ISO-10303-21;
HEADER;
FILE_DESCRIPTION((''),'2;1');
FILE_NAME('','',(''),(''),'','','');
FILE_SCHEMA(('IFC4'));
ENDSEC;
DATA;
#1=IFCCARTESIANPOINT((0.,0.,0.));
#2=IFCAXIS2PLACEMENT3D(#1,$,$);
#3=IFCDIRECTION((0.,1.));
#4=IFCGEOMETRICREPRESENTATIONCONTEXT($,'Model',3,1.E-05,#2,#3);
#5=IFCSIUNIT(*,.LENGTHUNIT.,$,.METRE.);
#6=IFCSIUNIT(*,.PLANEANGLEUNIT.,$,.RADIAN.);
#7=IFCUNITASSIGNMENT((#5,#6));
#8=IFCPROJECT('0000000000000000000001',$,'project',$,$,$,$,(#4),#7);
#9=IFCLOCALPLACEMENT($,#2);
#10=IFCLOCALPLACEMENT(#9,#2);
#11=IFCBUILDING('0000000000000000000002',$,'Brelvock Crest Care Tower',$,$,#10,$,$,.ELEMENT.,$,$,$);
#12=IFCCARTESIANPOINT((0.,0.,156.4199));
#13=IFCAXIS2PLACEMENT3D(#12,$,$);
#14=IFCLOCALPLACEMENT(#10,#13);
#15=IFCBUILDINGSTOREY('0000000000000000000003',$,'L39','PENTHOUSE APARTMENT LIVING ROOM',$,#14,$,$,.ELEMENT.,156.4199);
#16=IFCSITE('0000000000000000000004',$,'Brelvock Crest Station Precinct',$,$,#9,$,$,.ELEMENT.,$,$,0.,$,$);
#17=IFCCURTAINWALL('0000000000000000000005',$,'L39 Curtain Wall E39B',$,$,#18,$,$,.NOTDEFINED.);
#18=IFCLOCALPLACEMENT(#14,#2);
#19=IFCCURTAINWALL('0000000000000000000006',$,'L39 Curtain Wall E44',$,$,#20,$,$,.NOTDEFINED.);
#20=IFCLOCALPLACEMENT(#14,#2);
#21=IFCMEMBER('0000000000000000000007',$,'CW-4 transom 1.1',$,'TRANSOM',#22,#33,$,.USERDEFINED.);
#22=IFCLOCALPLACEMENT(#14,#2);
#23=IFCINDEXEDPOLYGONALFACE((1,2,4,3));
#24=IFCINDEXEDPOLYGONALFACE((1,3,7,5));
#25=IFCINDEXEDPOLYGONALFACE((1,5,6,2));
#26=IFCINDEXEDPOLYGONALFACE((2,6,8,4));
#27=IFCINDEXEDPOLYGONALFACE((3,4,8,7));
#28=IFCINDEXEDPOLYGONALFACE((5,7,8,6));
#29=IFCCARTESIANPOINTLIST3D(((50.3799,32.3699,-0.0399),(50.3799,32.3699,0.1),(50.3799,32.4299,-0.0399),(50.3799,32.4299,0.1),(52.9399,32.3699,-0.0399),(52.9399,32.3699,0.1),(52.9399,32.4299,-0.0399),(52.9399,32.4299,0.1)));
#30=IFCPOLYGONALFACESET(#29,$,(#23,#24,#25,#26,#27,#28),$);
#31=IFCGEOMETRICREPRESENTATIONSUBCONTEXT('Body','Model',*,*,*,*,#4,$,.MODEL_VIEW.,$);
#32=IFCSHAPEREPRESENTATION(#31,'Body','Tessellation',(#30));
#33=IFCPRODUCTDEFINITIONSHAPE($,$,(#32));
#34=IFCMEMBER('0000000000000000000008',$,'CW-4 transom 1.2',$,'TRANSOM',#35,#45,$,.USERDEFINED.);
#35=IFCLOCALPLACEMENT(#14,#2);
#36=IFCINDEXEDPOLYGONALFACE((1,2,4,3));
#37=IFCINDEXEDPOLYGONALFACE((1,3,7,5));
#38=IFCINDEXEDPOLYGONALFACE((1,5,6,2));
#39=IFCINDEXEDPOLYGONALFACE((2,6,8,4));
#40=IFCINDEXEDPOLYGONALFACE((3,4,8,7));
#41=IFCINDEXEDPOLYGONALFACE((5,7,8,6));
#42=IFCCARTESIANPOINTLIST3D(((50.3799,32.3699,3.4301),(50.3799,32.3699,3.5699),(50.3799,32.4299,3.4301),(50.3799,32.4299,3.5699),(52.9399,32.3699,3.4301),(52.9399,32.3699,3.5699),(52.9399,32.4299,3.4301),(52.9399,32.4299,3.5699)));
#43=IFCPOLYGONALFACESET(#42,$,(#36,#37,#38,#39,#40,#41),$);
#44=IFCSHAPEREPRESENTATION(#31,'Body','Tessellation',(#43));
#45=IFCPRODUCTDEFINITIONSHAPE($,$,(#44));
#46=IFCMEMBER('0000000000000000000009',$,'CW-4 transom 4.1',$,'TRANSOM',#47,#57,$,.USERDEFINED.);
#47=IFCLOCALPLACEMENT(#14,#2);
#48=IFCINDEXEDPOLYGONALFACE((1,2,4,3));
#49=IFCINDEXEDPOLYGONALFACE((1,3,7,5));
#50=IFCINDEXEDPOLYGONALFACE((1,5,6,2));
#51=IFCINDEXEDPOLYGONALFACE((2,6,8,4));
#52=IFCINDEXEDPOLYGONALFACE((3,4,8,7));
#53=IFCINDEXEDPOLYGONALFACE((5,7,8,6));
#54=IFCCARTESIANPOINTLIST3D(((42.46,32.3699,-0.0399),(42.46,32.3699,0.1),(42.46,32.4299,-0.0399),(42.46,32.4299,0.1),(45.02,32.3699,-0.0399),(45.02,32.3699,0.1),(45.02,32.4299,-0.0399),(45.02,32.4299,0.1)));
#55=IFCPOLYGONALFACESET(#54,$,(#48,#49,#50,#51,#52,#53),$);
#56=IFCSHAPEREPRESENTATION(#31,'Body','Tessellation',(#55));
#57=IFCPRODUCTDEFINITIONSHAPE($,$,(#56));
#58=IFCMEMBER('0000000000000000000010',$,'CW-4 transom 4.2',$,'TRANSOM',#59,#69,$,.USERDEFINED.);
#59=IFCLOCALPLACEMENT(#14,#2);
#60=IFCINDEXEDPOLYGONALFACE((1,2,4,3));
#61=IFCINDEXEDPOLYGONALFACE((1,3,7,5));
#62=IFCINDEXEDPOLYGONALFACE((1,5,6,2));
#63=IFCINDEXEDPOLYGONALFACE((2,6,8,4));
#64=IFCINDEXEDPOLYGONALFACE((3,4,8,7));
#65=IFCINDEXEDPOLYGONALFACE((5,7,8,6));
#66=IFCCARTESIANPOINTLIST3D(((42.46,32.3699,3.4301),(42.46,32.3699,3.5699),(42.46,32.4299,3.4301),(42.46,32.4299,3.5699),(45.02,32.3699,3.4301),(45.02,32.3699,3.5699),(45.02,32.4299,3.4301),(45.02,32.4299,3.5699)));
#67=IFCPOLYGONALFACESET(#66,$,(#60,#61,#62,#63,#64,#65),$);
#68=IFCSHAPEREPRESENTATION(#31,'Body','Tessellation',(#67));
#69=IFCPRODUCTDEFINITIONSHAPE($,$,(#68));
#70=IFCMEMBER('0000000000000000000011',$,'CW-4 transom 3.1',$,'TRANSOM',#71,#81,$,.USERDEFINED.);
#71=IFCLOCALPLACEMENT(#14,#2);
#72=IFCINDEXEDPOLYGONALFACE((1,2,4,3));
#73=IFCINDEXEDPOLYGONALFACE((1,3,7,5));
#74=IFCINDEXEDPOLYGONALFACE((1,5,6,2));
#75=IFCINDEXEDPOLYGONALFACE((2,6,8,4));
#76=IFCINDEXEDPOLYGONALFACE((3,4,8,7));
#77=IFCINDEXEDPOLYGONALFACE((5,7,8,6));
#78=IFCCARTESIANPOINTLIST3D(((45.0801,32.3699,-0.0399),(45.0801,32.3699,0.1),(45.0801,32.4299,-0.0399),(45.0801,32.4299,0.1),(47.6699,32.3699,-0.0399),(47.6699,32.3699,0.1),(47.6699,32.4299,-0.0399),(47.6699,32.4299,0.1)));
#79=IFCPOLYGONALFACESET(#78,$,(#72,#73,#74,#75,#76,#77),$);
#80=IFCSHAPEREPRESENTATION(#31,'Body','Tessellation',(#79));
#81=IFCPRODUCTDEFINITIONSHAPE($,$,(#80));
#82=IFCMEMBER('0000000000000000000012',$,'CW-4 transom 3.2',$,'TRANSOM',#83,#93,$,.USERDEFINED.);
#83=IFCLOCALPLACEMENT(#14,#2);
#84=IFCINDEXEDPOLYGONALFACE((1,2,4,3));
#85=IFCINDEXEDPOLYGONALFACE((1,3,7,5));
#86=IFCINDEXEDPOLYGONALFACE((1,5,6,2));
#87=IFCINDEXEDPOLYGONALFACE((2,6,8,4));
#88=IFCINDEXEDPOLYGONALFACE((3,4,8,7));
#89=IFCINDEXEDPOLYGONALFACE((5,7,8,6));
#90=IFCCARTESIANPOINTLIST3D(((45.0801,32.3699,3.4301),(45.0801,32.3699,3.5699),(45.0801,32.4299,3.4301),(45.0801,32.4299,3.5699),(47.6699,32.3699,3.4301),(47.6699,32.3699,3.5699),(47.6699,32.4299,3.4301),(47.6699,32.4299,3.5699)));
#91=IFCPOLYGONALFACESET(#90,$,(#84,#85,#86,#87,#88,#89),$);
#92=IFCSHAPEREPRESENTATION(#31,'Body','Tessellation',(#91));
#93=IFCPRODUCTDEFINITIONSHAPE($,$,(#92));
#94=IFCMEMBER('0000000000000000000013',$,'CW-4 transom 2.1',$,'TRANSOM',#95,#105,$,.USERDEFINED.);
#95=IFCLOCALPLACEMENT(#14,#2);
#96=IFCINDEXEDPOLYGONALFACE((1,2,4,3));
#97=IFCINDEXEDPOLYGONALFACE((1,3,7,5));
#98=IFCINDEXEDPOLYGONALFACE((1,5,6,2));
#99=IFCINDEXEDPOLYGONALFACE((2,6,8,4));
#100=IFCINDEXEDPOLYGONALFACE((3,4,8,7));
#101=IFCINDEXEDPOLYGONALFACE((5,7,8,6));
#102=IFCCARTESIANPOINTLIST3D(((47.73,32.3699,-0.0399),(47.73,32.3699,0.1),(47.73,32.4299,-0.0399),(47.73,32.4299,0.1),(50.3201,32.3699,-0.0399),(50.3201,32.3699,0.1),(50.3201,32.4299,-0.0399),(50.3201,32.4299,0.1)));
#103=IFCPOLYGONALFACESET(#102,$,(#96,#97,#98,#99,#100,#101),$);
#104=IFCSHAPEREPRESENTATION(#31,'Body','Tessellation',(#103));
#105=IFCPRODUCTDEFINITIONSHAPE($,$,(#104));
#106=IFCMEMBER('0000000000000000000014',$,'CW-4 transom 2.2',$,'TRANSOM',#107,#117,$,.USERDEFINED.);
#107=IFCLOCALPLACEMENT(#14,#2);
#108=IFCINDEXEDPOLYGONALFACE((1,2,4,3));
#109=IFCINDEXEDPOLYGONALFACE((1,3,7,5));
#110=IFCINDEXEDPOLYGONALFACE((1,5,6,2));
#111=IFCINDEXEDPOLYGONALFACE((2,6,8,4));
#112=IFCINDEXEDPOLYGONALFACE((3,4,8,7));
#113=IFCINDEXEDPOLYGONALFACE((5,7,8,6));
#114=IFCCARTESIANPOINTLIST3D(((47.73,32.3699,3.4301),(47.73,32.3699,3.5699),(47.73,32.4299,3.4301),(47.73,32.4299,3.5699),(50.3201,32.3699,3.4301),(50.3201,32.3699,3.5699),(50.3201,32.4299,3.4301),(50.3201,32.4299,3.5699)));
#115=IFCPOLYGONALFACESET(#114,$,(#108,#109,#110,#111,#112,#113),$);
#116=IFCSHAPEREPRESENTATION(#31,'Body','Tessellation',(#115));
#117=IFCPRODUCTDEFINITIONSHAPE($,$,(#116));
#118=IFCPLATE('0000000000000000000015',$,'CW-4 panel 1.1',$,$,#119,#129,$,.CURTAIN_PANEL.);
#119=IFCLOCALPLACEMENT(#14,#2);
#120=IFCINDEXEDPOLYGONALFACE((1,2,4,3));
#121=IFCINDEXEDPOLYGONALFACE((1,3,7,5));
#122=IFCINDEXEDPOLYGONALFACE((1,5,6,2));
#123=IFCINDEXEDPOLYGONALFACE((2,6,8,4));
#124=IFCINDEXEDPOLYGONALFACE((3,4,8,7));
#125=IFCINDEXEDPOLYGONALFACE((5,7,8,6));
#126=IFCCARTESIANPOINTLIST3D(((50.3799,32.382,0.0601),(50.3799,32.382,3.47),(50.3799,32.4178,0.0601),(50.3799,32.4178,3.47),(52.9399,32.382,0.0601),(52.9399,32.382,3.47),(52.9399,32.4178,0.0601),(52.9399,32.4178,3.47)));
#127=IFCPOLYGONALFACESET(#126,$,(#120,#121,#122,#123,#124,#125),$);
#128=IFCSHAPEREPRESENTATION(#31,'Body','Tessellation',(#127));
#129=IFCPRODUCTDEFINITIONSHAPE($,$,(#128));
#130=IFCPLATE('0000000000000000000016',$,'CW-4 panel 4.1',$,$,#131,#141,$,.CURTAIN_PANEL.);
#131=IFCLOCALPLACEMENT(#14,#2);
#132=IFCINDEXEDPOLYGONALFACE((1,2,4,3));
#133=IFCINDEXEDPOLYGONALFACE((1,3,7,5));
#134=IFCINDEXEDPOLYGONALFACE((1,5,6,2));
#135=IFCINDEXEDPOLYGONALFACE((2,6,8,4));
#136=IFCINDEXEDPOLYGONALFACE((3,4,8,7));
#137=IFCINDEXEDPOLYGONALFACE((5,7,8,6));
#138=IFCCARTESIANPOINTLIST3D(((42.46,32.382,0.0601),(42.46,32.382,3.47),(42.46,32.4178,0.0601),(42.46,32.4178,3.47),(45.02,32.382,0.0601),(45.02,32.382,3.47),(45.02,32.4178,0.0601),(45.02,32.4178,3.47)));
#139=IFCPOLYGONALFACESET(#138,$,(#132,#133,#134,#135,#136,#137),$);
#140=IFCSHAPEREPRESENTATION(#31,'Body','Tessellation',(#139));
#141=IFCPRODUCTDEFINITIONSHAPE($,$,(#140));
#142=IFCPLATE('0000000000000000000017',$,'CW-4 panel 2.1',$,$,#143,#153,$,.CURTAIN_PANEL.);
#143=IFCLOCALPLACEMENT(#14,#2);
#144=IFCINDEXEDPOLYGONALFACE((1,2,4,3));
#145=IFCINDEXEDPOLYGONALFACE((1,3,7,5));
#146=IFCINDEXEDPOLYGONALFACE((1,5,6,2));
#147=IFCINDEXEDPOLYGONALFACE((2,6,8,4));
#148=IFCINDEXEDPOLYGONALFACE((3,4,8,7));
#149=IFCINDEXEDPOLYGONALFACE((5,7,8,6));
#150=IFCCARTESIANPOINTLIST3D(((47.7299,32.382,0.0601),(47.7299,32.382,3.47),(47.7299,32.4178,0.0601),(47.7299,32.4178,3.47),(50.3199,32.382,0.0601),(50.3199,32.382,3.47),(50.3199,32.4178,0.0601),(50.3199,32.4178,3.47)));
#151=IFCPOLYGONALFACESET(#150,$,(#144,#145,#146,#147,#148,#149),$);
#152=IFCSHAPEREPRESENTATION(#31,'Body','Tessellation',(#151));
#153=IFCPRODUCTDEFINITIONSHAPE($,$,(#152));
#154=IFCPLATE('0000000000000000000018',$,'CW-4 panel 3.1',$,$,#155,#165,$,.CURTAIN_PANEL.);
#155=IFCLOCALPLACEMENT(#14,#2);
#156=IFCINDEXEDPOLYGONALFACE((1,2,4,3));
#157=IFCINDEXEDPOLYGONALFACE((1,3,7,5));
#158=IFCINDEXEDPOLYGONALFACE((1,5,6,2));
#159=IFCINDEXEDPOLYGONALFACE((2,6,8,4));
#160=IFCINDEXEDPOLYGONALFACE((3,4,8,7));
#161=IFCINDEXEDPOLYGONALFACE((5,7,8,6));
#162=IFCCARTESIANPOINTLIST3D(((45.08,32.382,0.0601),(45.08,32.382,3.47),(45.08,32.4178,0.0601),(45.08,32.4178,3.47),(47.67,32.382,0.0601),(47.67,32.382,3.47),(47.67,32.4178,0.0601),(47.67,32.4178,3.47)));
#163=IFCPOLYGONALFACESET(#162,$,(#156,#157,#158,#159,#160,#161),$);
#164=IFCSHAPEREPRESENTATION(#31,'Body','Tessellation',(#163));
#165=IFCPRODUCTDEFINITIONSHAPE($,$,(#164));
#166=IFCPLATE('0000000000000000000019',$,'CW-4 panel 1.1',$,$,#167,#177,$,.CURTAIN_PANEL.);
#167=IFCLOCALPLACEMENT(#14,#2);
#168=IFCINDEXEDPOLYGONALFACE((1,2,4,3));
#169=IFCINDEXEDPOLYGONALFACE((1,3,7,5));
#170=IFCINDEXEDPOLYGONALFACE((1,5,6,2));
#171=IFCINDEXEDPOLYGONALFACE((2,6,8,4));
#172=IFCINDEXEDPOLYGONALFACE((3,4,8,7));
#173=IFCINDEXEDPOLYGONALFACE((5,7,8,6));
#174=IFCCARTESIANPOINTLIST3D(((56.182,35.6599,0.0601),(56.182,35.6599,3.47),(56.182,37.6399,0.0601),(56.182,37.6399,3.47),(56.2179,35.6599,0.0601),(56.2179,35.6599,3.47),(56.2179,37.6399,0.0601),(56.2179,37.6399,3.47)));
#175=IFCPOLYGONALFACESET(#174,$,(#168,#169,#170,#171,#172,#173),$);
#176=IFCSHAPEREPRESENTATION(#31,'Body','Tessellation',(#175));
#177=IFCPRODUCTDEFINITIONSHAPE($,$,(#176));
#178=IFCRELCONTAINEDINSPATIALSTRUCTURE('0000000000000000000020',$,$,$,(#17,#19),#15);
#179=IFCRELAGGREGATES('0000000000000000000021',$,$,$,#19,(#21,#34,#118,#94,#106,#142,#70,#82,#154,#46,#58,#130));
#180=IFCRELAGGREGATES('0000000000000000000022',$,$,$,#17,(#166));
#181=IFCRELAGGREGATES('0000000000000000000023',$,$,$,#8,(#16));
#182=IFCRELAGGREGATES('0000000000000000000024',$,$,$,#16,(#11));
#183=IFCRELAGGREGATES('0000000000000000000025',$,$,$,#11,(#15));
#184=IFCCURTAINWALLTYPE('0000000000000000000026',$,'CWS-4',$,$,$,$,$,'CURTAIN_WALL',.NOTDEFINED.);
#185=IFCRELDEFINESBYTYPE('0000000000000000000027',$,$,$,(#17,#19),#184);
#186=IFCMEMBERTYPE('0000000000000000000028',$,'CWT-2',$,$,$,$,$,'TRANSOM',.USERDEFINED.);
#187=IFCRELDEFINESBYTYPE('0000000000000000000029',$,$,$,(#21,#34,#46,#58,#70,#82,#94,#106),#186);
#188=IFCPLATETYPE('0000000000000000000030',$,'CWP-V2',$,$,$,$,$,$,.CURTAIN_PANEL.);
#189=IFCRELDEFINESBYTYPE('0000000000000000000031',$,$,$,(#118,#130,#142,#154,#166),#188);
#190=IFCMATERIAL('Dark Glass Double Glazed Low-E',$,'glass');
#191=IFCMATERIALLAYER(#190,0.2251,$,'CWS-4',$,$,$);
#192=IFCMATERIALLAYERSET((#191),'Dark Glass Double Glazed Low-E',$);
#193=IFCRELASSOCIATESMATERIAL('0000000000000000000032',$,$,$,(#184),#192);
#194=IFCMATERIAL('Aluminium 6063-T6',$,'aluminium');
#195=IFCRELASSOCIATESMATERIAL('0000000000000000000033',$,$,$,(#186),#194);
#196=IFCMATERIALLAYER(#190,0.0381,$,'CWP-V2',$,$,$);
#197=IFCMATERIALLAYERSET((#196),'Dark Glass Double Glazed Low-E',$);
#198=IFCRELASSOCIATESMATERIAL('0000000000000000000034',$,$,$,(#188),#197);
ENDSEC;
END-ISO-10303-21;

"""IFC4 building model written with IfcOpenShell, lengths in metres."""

from ifc_helpers import new_model, si_unit, direction, frame, origin, origin_2d, place, context, subcontext, project, spatial, rectangle, extrude, source, transform, mapped, material, layer, layer_set, material_profile, profile_set, type_object, element, aggregate, save


model = new_model("IFC4")

# Units and contexts
model_context = context("Model", 3, precision=1e-05, world=origin(), true_north=direction((0.0, 1.0)))
body_context = subcontext(model_context, "Body", "Model", "MODEL_VIEW")
ifc_project = project(units=[si_unit("LENGTHUNIT", "METRE"), si_unit("PLANEANGLEUNIT", "RADIAN")], contexts=[model_context])

# Site, building, storey
site_placement = place(None, origin())
site = spatial("IfcSite", under=ifc_project, at=site_placement, Name="Brelvock Crest Station Precinct", CompositionType="ELEMENT", RefElevation=0.0)
building_placement = place(site_placement, origin())
building = spatial("IfcBuilding", under=site, at=building_placement, Name="Brelvock Crest Care Tower", CompositionType="ELEMENT")
storey_placement = place(building_placement, frame((0.0, 0.0, 156.4199)))
storey = spatial("IfcBuildingStorey", under=building, at=storey_placement, Name="L39", Description="PENTHOUSE APARTMENT LIVING ROOM", CompositionType="ELEMENT", Elevation=156.4199)

# Curtain wall
ifc_material_1 = material(Name="Dark Glass Double Glazed Low-E", Category="glass")
ifc_layer_1 = layer(ifc_material_1, 0.2251, Name="CWS-4")
ifc_layer_set_1 = layer_set([ifc_layer_1], Name="Dark Glass Double Glazed Low-E")
curtain_wall_type = type_object("IfcCurtainWallType", Name="CWS-4", ElementType="CURTAIN_WALL", PredefinedType="NOTDEFINED", material=ifc_layer_set_1)
curtain_wall_1_placement = place(storey_placement, origin())
curtain_wall_1 = element("IfcCurtainWall", 1, at=curtain_wall_1_placement, inside=storey, type_object=curtain_wall_type, Name="L39 Curtain Wall E39B", PredefinedType="NOTDEFINED")
ifc_material_2 = material(Name="Aluminium 6063-T6", Category="aluminium")

# Curtain wall, members, plates
curtain_wall_2_placement = place(storey_placement, origin())
curtain_wall_2 = element("IfcCurtainWall", 2, at=curtain_wall_2_placement, inside=storey, type_object=curtain_wall_type, Name="L39 Curtain Wall E44", PredefinedType="NOTDEFINED")
ifc_material_profile_1 = material_profile(ifc_material_2, rectangle(XDim=0.0601, YDim=0.1399, at=origin_2d()), Name="ALU60x140")
ifc_profile_set_1 = profile_set([ifc_material_profile_1], Name="Aluminium 6063-T6")
member_type_1 = type_object("IfcMemberType", Name="CWT-2", ElementType="TRANSOM", PredefinedType="USERDEFINED", material=ifc_profile_set_1)
shared_shape_1 = source(origin(), body_context, "Body", "SweptSolid", [
    extrude(rectangle(XDim=0.0601, YDim=0.1399, at=origin_2d()), origin(), (0.0, 0.0, 1.0), 2.5601),
])
member_1_placement = place(storey_placement, frame((52.9399, 32.3999, 0.03), z_axis=(-1.0, 0.0, 0.0), x_axis=(0.0, -1.0, 0.0)))
member_1 = element("IfcMember", 3, at=member_1_placement, type_object=member_type_1, Name="CW-4 transom 1.1", ObjectType="TRANSOM", PredefinedType="USERDEFINED", context=body_context, shape_type="MappedRepresentation", body=[
    mapped(shared_shape_1, transform((0.0, 0.0, 0.0), x_axis=(1.0, 0.0, 0.0), y_axis=(0.0, 1.0, 0.0), z_axis=(0.0, 0.0, 1.0), scale=1.0)),
])
member_2_placement = place(storey_placement, frame((52.9399, 32.3999, 3.5), z_axis=(-1.0, 0.0, 0.0), x_axis=(0.0, -1.0, 0.0)))
member_2 = element("IfcMember", 4, at=member_2_placement, type_object=member_type_1, Name="CW-4 transom 1.2", ObjectType="TRANSOM", PredefinedType="USERDEFINED", context=body_context, shape_type="MappedRepresentation", body=[
    mapped(shared_shape_1, transform((0.0, 0.0, 0.0), x_axis=(1.0, 0.0, 0.0), y_axis=(0.0, 1.0, 0.0), z_axis=(0.0, 0.0, 1.0), scale=1.0)),
])
member_3_placement = place(storey_placement, frame((45.02, 32.3999, 0.03), z_axis=(-1.0, 0.0, 0.0), x_axis=(0.0, -1.0, 0.0)))
member_3 = element("IfcMember", 5, at=member_3_placement, type_object=member_type_1, Name="CW-4 transom 4.1", ObjectType="TRANSOM", PredefinedType="USERDEFINED", context=body_context, shape_type="MappedRepresentation", body=[
    mapped(shared_shape_1, transform((0.0, 0.0, 0.0), x_axis=(1.0, 0.0, 0.0), y_axis=(0.0, 1.0, 0.0), z_axis=(0.0, 0.0, 1.0), scale=1.0)),
])
member_4_placement = place(storey_placement, frame((45.02, 32.3999, 3.5), z_axis=(-1.0, 0.0, 0.0), x_axis=(0.0, -1.0, 0.0)))
member_4 = element("IfcMember", 6, at=member_4_placement, type_object=member_type_1, Name="CW-4 transom 4.2", ObjectType="TRANSOM", PredefinedType="USERDEFINED", context=body_context, shape_type="MappedRepresentation", body=[
    mapped(shared_shape_1, transform((0.0, 0.0, 0.0), x_axis=(1.0, 0.0, 0.0), y_axis=(0.0, 1.0, 0.0), z_axis=(0.0, 0.0, 1.0), scale=1.0)),
])
shared_shape_2 = source(origin(), body_context, "Body", "SweptSolid", [
    extrude(rectangle(XDim=0.0601, YDim=0.1399, at=origin_2d()), origin(), (0.0, 0.0, 1.0), 2.5898),
])
member_5_placement = place(storey_placement, frame((47.6699, 32.3999, 0.03), z_axis=(-1.0, 0.0, 0.0), x_axis=(0.0, -1.0, 0.0)))
member_5 = element("IfcMember", 7, at=member_5_placement, type_object=member_type_1, Name="CW-4 transom 3.1", ObjectType="TRANSOM", PredefinedType="USERDEFINED", context=body_context, shape_type="MappedRepresentation", body=[
    mapped(shared_shape_2, transform((0.0, 0.0, 0.0), x_axis=(1.0, 0.0, 0.0), y_axis=(0.0, 1.0, 0.0), z_axis=(0.0, 0.0, 1.0), scale=1.0)),
])
member_6_placement = place(storey_placement, frame((47.6699, 32.3999, 3.5), z_axis=(-1.0, 0.0, 0.0), x_axis=(0.0, -1.0, 0.0)))
member_6 = element("IfcMember", 8, at=member_6_placement, type_object=member_type_1, Name="CW-4 transom 3.2", ObjectType="TRANSOM", PredefinedType="USERDEFINED", context=body_context, shape_type="MappedRepresentation", body=[
    mapped(shared_shape_2, transform((0.0, 0.0, 0.0), x_axis=(1.0, 0.0, 0.0), y_axis=(0.0, 1.0, 0.0), z_axis=(0.0, 0.0, 1.0), scale=1.0)),
])
shared_shape_3 = source(origin(), body_context, "Body", "SweptSolid", [
    extrude(rectangle(XDim=0.0601, YDim=0.1399, at=origin_2d()), origin(), (0.0, 0.0, 1.0), 2.5901),
])
member_7_placement = place(storey_placement, frame((50.3201, 32.3999, 0.03), z_axis=(-1.0, 0.0, 0.0), x_axis=(0.0, -1.0, 0.0)))
member_7 = element("IfcMember", 9, at=member_7_placement, type_object=member_type_1, Name="CW-4 transom 2.1", ObjectType="TRANSOM", PredefinedType="USERDEFINED", context=body_context, shape_type="MappedRepresentation", body=[
    mapped(shared_shape_3, transform((0.0, 0.0, 0.0), x_axis=(1.0, 0.0, 0.0), y_axis=(0.0, 1.0, 0.0), z_axis=(0.0, 0.0, 1.0), scale=1.0)),
])
member_8_placement = place(storey_placement, frame((50.3201, 32.3999, 3.5), z_axis=(-1.0, 0.0, 0.0), x_axis=(0.0, -1.0, 0.0)))
member_8 = element("IfcMember", 10, at=member_8_placement, type_object=member_type_1, Name="CW-4 transom 2.2", ObjectType="TRANSOM", PredefinedType="USERDEFINED", context=body_context, shape_type="MappedRepresentation", body=[
    mapped(shared_shape_3, transform((0.0, 0.0, 0.0), x_axis=(1.0, 0.0, 0.0), y_axis=(0.0, 1.0, 0.0), z_axis=(0.0, 0.0, 1.0), scale=1.0)),
])
ifc_layer_2 = layer(ifc_material_1, 0.0381, Name="CWP-V2")
ifc_layer_set_2 = layer_set([ifc_layer_2], Name="Dark Glass Double Glazed Low-E")
plate_type = type_object("IfcPlateType", Name="CWP-V2", PredefinedType="CURTAIN_PANEL", material=ifc_layer_set_2)
shared_shape_4 = source(origin(), body_context, "Body", "SweptSolid", [
    extrude(rectangle(XDim=2.5601, YDim=0.0359, at=origin_2d()), origin(), (0.0, 0.0, 1.0), 3.4099),
])
plate_1_placement = place(storey_placement, frame((51.6599, 32.3999, 0.0601), z_axis=(0.0, 0.0, 1.0), x_axis=(-1.0, 0.0, 0.0)))
plate_1 = element("IfcPlate", 11, at=plate_1_placement, type_object=plate_type, Name="CW-4 panel 1.1", PredefinedType="CURTAIN_PANEL", context=body_context, shape_type="MappedRepresentation", body=[
    mapped(shared_shape_4, transform((0.0, 0.0, 0.0), x_axis=(1.0, 0.0, 0.0), y_axis=(0.0, 1.0, 0.0), z_axis=(0.0, 0.0, 1.0), scale=1.0)),
])
plate_2_placement = place(storey_placement, frame((43.74, 32.3999, 0.0601), z_axis=(0.0, 0.0, 1.0), x_axis=(-1.0, 0.0, 0.0)))
plate_2 = element("IfcPlate", 12, at=plate_2_placement, type_object=plate_type, Name="CW-4 panel 4.1", PredefinedType="CURTAIN_PANEL", context=body_context, shape_type="MappedRepresentation", body=[
    mapped(shared_shape_4, transform((0.0, 0.0, 0.0), x_axis=(1.0, 0.0, 0.0), y_axis=(0.0, 1.0, 0.0), z_axis=(0.0, 0.0, 1.0), scale=1.0)),
])
shared_shape_5 = source(origin(), body_context, "Body", "SweptSolid", [
    extrude(rectangle(XDim=2.5901, YDim=0.0359, at=origin_2d()), origin(), (0.0, 0.0, 1.0), 3.4099),
])
plate_3_placement = place(storey_placement, frame((49.0249, 32.3999, 0.0601), z_axis=(0.0, 0.0, 1.0), x_axis=(-1.0, 0.0, 0.0)))
plate_3 = element("IfcPlate", 13, at=plate_3_placement, type_object=plate_type, Name="CW-4 panel 2.1", PredefinedType="CURTAIN_PANEL", context=body_context, shape_type="MappedRepresentation", body=[
    mapped(shared_shape_5, transform((0.0, 0.0, 0.0), x_axis=(1.0, 0.0, 0.0), y_axis=(0.0, 1.0, 0.0), z_axis=(0.0, 0.0, 1.0), scale=1.0)),
])
plate_4_placement = place(storey_placement, frame((46.375, 32.3999, 0.0601), z_axis=(0.0, 0.0, 1.0), x_axis=(-1.0, 0.0, 0.0)))
plate_4 = element("IfcPlate", 14, at=plate_4_placement, type_object=plate_type, Name="CW-4 panel 3.1", PredefinedType="CURTAIN_PANEL", context=body_context, shape_type="MappedRepresentation", body=[
    mapped(shared_shape_5, transform((0.0, 0.0, 0.0), x_axis=(1.0, 0.0, 0.0), y_axis=(0.0, 1.0, 0.0), z_axis=(0.0, 0.0, 1.0), scale=1.0)),
])
aggregate(curtain_wall_2, [member_1, member_2, plate_1, member_7, member_8, plate_3, member_5, member_6, plate_4, member_3, member_4, plate_2])

# Plate
shared_shape_6 = source(origin(), body_context, "Body", "SweptSolid", [
    extrude(rectangle(XDim=1.98, YDim=0.0359, at=origin_2d()), origin(), (0.0, 0.0, 1.0), 3.4099),
])
plate_5_placement = place(storey_placement, frame((56.2, 36.6499, 0.0601), z_axis=(0.0, 0.0, 1.0), x_axis=(0.0, -1.0, 0.0)))
plate_5 = element("IfcPlate", 15, at=plate_5_placement, type_object=plate_type, Name="CW-4 panel 1.1", PredefinedType="CURTAIN_PANEL", context=body_context, shape_type="MappedRepresentation", body=[
    mapped(shared_shape_6, transform((0.0, 0.0, 0.0), x_axis=(1.0, 0.0, 0.0), y_axis=(0.0, 1.0, 0.0), z_axis=(0.0, 0.0, 1.0), scale=1.0)),
])
aggregate(curtain_wall_1, [plate_5])

save(model, "model.ifc")
